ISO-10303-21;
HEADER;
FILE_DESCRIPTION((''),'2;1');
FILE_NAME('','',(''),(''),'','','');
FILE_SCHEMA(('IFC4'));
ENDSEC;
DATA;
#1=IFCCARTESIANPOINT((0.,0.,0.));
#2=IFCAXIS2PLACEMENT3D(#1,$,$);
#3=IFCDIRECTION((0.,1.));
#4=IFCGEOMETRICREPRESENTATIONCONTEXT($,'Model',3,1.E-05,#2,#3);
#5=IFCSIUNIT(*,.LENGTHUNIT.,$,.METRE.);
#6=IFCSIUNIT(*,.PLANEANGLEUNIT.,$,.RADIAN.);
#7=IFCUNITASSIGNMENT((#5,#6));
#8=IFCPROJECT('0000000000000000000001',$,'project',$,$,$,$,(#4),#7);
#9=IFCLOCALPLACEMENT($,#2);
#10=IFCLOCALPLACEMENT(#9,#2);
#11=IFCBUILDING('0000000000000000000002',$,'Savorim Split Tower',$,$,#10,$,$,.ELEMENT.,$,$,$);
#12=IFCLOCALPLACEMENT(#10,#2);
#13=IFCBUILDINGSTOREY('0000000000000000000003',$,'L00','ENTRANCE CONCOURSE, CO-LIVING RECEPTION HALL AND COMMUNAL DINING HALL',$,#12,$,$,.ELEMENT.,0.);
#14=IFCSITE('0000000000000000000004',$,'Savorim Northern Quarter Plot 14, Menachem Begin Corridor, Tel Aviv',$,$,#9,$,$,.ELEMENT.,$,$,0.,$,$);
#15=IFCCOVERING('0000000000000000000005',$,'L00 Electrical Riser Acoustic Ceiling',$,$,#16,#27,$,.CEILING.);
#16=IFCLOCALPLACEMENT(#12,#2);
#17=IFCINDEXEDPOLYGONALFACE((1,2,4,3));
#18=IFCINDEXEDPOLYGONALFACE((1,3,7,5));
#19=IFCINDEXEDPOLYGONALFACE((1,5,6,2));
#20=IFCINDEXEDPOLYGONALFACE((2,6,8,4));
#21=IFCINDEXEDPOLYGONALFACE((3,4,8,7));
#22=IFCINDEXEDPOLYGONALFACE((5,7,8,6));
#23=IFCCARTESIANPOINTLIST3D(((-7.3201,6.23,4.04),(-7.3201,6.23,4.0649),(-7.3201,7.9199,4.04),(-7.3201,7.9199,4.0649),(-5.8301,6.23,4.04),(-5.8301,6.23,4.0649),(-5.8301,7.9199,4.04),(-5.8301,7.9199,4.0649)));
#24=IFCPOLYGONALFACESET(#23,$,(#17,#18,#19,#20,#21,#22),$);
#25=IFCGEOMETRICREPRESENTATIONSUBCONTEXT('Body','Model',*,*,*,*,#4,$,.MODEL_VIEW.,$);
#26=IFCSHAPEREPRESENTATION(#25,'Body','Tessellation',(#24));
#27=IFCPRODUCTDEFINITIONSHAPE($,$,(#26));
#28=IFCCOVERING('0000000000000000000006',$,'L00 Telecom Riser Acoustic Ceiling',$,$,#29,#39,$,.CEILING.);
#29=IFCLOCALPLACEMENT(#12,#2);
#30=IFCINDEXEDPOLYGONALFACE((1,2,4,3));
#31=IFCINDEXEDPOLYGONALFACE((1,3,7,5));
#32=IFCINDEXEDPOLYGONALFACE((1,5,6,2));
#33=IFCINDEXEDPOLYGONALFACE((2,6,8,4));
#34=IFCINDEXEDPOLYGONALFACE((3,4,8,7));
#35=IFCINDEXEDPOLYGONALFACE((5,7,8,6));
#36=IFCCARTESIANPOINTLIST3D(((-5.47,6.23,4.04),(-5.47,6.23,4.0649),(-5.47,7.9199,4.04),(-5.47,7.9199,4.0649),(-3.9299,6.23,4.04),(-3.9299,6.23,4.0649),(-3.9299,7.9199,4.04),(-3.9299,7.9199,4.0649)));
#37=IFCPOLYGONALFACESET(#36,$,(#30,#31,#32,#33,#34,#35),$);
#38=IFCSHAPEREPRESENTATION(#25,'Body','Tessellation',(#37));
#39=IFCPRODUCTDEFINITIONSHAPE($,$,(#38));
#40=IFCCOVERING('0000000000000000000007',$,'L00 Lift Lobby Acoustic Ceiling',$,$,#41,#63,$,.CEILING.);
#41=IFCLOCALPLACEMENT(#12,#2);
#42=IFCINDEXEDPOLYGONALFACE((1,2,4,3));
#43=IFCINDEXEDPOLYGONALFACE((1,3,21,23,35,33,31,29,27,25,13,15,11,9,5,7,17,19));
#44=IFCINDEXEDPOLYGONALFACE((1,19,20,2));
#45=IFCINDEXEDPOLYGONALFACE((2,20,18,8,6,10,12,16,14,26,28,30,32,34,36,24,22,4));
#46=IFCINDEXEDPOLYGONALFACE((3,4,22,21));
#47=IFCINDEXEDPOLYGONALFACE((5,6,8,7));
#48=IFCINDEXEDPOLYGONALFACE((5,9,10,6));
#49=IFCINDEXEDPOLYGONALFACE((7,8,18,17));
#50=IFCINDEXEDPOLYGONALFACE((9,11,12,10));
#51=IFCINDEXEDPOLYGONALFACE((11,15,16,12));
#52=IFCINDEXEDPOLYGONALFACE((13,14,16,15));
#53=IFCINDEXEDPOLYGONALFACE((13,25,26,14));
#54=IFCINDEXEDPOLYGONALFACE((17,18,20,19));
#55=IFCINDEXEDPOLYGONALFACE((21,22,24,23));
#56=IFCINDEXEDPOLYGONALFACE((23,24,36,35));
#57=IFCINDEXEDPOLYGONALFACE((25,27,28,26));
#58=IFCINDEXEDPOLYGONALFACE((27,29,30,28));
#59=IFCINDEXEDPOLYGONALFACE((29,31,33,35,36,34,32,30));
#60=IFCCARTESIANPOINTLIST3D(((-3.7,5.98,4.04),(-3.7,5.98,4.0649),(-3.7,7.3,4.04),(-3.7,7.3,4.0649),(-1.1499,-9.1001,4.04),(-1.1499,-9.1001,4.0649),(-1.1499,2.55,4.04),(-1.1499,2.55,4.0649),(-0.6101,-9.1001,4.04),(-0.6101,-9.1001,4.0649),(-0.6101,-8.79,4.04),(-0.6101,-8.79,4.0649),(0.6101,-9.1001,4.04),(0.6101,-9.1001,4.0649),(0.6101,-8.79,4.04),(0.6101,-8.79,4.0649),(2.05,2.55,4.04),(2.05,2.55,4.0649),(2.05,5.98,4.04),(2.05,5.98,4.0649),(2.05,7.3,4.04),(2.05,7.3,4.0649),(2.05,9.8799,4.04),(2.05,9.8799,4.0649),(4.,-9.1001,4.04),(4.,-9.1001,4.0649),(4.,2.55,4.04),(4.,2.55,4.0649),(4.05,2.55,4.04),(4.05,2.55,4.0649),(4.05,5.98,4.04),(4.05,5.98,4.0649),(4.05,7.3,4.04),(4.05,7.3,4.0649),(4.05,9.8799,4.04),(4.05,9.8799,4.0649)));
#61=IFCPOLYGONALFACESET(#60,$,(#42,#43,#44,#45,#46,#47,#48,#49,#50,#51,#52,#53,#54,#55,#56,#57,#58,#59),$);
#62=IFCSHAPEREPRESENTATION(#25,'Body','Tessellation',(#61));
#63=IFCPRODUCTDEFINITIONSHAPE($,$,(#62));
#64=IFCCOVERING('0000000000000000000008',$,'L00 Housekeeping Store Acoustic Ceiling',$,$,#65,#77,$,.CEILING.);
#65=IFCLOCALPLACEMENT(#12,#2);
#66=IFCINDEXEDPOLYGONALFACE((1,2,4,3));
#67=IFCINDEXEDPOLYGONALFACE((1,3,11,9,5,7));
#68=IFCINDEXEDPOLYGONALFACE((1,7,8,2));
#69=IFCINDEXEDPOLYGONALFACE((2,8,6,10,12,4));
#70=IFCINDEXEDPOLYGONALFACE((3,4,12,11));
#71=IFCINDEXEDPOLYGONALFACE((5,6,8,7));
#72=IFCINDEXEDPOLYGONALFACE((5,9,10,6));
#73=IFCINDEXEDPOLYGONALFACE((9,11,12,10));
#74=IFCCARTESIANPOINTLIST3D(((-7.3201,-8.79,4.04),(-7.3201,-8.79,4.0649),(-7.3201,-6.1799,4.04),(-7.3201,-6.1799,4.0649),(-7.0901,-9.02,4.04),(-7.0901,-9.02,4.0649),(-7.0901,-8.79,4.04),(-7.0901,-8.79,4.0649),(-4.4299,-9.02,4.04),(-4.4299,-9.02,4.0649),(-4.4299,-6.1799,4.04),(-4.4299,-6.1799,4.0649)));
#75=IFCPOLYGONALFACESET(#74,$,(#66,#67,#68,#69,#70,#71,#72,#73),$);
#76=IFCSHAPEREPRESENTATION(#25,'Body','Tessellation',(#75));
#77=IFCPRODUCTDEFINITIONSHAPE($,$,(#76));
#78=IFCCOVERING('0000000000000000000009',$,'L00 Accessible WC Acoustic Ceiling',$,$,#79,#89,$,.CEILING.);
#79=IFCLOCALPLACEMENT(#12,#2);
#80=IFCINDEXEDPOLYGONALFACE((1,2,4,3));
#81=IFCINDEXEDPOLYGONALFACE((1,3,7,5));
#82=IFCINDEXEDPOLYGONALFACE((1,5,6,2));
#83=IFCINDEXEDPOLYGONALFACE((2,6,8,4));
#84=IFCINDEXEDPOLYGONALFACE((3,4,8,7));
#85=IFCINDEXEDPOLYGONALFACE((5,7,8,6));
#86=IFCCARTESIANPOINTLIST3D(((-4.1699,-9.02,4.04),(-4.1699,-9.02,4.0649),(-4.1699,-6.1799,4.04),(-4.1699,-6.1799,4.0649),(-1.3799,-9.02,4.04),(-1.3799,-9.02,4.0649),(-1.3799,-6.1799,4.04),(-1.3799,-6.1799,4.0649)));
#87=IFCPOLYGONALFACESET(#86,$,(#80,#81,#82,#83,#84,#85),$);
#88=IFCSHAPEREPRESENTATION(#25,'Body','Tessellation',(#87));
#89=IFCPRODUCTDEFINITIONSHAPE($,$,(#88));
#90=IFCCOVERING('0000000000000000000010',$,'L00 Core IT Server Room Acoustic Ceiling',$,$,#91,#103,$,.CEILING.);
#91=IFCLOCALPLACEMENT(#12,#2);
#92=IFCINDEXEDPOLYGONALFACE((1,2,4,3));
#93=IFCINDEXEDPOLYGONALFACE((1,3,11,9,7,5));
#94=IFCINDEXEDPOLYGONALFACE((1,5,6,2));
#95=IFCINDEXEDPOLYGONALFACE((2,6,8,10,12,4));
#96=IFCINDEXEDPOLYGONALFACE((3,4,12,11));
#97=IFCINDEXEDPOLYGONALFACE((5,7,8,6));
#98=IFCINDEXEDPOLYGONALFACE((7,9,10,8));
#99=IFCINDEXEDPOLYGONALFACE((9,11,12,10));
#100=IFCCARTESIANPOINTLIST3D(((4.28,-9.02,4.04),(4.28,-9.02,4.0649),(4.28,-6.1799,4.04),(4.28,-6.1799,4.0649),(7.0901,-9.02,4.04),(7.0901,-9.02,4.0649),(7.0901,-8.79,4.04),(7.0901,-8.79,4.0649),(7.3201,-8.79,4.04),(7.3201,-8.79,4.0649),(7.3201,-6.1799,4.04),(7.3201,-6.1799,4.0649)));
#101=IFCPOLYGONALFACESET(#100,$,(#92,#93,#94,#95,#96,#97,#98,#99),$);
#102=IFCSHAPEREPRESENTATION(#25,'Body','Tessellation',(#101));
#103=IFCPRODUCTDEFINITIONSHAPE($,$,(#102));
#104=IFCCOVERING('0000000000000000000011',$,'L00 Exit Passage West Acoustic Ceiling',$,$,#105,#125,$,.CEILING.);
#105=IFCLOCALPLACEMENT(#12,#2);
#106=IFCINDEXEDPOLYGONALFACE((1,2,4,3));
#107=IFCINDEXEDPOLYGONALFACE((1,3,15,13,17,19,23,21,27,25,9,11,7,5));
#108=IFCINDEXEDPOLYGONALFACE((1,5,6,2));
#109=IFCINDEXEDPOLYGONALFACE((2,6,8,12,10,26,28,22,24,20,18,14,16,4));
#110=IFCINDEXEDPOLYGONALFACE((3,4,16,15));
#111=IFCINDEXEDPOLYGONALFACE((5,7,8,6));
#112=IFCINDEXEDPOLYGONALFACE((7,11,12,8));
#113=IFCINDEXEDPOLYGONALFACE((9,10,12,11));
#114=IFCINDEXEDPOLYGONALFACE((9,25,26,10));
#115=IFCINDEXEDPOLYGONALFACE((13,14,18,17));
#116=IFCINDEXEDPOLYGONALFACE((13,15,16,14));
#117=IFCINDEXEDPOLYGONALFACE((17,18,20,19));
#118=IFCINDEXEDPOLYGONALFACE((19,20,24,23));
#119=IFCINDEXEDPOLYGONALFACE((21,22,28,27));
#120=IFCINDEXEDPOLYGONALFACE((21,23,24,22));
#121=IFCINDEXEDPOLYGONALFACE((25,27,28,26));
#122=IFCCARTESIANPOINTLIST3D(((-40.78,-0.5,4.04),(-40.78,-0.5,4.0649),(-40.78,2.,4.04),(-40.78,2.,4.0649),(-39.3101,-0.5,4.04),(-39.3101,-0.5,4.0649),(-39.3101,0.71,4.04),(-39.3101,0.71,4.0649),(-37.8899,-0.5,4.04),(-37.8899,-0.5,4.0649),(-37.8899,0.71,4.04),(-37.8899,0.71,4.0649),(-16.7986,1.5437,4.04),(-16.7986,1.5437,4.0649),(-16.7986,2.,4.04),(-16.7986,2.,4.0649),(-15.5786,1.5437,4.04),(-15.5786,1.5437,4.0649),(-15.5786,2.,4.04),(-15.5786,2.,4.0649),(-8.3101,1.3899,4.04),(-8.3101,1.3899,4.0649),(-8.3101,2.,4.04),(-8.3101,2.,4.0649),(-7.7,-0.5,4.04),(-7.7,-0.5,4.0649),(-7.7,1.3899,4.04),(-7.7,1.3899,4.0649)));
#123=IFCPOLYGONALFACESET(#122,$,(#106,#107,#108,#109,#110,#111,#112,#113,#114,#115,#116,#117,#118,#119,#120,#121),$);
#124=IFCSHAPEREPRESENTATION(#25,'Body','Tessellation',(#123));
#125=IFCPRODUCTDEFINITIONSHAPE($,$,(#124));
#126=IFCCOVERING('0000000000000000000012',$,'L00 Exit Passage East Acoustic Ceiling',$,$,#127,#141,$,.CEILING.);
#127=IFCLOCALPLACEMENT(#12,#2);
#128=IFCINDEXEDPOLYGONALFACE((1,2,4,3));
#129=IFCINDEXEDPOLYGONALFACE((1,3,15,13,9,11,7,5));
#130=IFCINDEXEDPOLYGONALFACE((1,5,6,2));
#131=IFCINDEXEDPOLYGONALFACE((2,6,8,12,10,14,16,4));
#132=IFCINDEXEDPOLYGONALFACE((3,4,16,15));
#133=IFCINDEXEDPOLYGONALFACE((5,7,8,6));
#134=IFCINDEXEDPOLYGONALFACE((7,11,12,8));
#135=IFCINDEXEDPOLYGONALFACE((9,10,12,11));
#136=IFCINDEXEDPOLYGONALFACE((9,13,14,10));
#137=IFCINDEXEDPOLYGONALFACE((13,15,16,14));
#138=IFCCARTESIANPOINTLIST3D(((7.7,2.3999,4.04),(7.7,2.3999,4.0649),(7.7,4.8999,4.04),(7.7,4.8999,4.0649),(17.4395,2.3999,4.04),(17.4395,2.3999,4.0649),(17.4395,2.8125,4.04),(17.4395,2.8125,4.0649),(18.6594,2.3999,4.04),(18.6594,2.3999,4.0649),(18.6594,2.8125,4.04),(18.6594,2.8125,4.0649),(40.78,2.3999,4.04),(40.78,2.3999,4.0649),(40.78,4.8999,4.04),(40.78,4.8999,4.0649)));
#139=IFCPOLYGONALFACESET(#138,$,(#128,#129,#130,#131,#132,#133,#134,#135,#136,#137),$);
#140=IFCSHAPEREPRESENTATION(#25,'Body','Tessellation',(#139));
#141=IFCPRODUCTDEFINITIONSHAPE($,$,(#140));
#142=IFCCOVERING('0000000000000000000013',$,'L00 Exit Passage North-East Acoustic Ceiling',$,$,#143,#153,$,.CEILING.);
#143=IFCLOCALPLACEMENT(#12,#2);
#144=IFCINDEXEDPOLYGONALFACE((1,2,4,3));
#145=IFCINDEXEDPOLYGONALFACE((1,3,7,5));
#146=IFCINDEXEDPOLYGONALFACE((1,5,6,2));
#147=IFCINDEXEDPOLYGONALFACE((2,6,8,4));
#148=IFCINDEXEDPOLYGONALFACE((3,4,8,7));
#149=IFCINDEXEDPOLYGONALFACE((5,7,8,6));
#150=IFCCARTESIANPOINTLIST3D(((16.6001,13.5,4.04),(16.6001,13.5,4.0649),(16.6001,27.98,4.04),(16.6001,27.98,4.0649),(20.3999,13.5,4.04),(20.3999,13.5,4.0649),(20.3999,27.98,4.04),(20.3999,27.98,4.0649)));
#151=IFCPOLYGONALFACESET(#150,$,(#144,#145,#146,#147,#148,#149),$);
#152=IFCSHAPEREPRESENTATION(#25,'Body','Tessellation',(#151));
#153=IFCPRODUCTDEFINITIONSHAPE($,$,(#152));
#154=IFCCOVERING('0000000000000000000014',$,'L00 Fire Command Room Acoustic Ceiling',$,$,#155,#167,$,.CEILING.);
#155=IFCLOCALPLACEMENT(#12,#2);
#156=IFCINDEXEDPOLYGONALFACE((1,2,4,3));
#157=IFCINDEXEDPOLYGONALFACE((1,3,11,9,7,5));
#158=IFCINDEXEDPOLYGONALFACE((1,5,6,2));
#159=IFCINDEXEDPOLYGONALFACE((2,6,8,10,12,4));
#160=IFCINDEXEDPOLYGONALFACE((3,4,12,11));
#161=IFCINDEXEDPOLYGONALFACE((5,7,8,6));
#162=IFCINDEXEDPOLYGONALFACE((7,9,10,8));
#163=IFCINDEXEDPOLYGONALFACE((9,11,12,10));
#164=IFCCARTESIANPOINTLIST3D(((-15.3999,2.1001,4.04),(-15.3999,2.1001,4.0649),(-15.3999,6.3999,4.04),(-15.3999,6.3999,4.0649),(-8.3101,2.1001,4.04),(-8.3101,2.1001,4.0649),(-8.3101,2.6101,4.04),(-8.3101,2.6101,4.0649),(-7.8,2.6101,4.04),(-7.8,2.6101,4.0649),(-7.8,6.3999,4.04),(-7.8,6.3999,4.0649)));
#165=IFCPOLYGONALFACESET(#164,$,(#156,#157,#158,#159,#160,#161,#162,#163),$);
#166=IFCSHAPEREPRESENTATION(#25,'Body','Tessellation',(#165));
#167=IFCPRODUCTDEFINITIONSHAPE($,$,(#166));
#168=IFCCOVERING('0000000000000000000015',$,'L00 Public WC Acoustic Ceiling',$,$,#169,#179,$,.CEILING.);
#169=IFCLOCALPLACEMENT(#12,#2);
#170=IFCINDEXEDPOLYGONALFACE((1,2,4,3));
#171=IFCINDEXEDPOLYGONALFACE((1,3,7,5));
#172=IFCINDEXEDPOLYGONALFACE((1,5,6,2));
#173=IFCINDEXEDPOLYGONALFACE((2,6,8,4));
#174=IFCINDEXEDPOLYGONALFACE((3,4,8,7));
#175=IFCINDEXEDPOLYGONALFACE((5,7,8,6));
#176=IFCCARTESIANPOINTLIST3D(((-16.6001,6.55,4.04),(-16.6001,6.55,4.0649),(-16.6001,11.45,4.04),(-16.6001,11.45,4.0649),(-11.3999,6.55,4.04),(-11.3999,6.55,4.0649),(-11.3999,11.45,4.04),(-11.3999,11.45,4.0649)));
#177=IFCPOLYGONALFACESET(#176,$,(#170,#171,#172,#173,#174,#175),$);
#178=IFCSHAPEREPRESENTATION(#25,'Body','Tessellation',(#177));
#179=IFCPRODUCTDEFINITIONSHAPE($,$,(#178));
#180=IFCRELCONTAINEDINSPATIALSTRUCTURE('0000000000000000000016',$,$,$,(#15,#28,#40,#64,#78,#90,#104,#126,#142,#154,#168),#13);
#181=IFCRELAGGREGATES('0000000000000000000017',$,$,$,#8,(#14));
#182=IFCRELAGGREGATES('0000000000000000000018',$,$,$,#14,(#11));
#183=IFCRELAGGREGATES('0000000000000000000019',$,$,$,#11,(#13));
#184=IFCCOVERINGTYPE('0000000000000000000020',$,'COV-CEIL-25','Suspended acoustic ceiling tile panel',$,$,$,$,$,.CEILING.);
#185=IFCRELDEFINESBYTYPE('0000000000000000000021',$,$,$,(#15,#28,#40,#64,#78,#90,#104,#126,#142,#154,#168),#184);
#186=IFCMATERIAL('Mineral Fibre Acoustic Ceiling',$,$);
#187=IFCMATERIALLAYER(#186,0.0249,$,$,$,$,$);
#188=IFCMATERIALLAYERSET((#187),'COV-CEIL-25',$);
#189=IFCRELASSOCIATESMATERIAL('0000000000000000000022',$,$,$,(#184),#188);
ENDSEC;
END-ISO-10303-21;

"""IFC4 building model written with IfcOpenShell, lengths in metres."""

from ifc_helpers import new_model, si_unit, direction, frame, origin, place, context, subcontext, project, spatial, polyline, outline, extrude, material, layer, layer_set, type_object, element, save


model = new_model("IFC4")

# Units and contexts
model_context = context("Model", 3, precision=1e-05, world=origin(), true_north=direction((0.0, 1.0)))
body_context = subcontext(model_context, "Body", "Model", "MODEL_VIEW")
ifc_project = project(units=[si_unit("LENGTHUNIT", "METRE"), si_unit("PLANEANGLEUNIT", "RADIAN")], contexts=[model_context])

# Site, building, storey
site_placement = place(None, origin())
site = spatial("IfcSite", under=ifc_project, at=site_placement, Name="Savorim Northern Quarter Plot 14, Menachem Begin Corridor, Tel Aviv", CompositionType="ELEMENT", RefElevation=0.0)
building_placement = place(site_placement, origin())
building = spatial("IfcBuilding", under=site, at=building_placement, Name="Savorim Split Tower", CompositionType="ELEMENT")
storey_placement = place(building_placement, origin())
storey = spatial("IfcBuildingStorey", under=building, at=storey_placement, Name="L00", Description="ENTRANCE CONCOURSE, CO-LIVING RECEPTION HALL AND COMMUNAL DINING HALL", CompositionType="ELEMENT", Elevation=0.0)

# Coverings
ifc_material_1 = material(Name="Mineral Fibre Acoustic Ceiling")
ifc_layer_1 = layer(ifc_material_1, 0.0249)
ifc_layer_set_1 = layer_set([ifc_layer_1], Name="COV-CEIL-25")
covering_type_1 = type_object("IfcCoveringType", Name="COV-CEIL-25", Description="Suspended acoustic ceiling tile panel", PredefinedType="CEILING", material=ifc_layer_set_1)
covering_1_placement = place(storey_placement, frame((0.0, 0.0, 4.04)))
element("IfcCovering", 1, at=covering_1_placement, inside=storey, type_object=covering_type_1, Name="L00 Electrical Riser Acoustic Ceiling", PredefinedType="CEILING", context=body_context, shape_type="SweptSolid", body=[
    extrude(outline(polyline([(-7.3201, 7.9199), (-7.3201, 6.23), (-5.8301, 6.23), (-5.8301, 7.9199), (-7.3201, 7.9199)])), origin(), (0.0, 0.0, 1.0), 0.0249),
])
covering_2_placement = place(storey_placement, frame((0.0, 0.0, 4.04)))
element("IfcCovering", 2, at=covering_2_placement, inside=storey, type_object=covering_type_1, Name="L00 Telecom Riser Acoustic Ceiling", PredefinedType="CEILING", context=body_context, shape_type="SweptSolid", body=[
    extrude(outline(polyline([(-5.47, 7.9199), (-5.47, 6.23), (-3.9299, 6.23), (-3.9299, 7.9199), (-5.47, 7.9199)])), origin(), (0.0, 0.0, 1.0), 0.0249),
])
covering_3_placement = place(storey_placement, frame((0.0, 0.0, 4.04)))
element("IfcCovering", 3, at=covering_3_placement, inside=storey, type_object=covering_type_1, Name="L00 Lift Lobby Acoustic Ceiling", PredefinedType="CEILING", context=body_context, shape_type="SweptSolid", body=[
    extrude(outline(polyline([(2.05, 2.55), (-1.1499, 2.55), (-1.1499, -9.1001), (-0.6101, -9.1001), (-0.6101, -8.79), (0.6101, -8.79), (0.6101, -9.1001), (4.0, -9.1001), (4.0, 2.55), (4.05, 2.55), (4.05, 5.98), (4.05, 7.3), (4.05, 9.8799), (2.05, 9.8799), (2.05, 7.3), (-3.7, 7.3), (-3.7, 5.98), (2.05, 5.98), (2.05, 2.55)])), origin(), (0.0, 0.0, 1.0), 0.0249),
])
covering_4_placement = place(storey_placement, frame((0.0, 0.0, 4.04)))
element("IfcCovering", 4, at=covering_4_placement, inside=storey, type_object=covering_type_1, Name="L00 Housekeeping Store Acoustic Ceiling", PredefinedType="CEILING", context=body_context, shape_type="SweptSolid", body=[
    extrude(outline(polyline([(-4.4299, -6.1799), (-7.3201, -6.1799), (-7.3201, -8.79), (-7.0901, -8.79), (-7.0901, -9.02), (-4.4299, -9.02), (-4.4299, -6.1799)])), origin(), (0.0, 0.0, 1.0), 0.0249),
])
covering_5_placement = place(storey_placement, frame((0.0, 0.0, 4.04)))
element("IfcCovering", 5, at=covering_5_placement, inside=storey, type_object=covering_type_1, Name="L00 Accessible WC Acoustic Ceiling", PredefinedType="CEILING", context=body_context, shape_type="SweptSolid", body=[
    extrude(outline(polyline([(-4.1699, -6.1799), (-4.1699, -9.02), (-1.3799, -9.02), (-1.3799, -6.1799), (-4.1699, -6.1799)])), origin(), (0.0, 0.0, 1.0), 0.0249),
])
covering_6_placement = place(storey_placement, frame((0.0, 0.0, 4.04)))
element("IfcCovering", 6, at=covering_6_placement, inside=storey, type_object=covering_type_1, Name="L00 Core IT Server Room Acoustic Ceiling", PredefinedType="CEILING", context=body_context, shape_type="SweptSolid", body=[
    extrude(outline(polyline([(4.28, -6.1799), (4.28, -9.02), (7.0901, -9.02), (7.0901, -8.79), (7.3201, -8.79), (7.3201, -6.1799), (4.28, -6.1799)])), origin(), (0.0, 0.0, 1.0), 0.0249),
])
covering_7_placement = place(storey_placement, frame((0.0, 0.0, 4.04)))
element("IfcCovering", 7, at=covering_7_placement, inside=storey, type_object=covering_type_1, Name="L00 Exit Passage West Acoustic Ceiling", PredefinedType="CEILING", context=body_context, shape_type="SweptSolid", body=[
    extrude(outline(polyline([(-37.8899, -0.5), (-7.7, -0.5), (-7.7, 1.3899), (-8.3101, 1.3899), (-8.3101, 2.0), (-15.5786, 2.0), (-15.5786, 1.5437), (-16.7986, 1.5437), (-16.7986, 2.0), (-40.78, 2.0), (-40.78, -0.5), (-39.3101, -0.5), (-39.3101, 0.71), (-37.8899, 0.71), (-37.8899, -0.5)])), origin(), (0.0, 0.0, 1.0), 0.0249),
])
covering_8_placement = place(storey_placement, frame((0.0, 0.0, 4.04)))
element("IfcCovering", 8, at=covering_8_placement, inside=storey, type_object=covering_type_1, Name="L00 Exit Passage East Acoustic Ceiling", PredefinedType="CEILING", context=body_context, shape_type="SweptSolid", body=[
    extrude(outline(polyline([(40.78, 4.8999), (7.7, 4.8999), (7.7, 2.3999), (17.4395, 2.3999), (17.4395, 2.8125), (18.6594, 2.8125), (18.6594, 2.3999), (40.78, 2.3999), (40.78, 4.8999)])), origin(), (0.0, 0.0, 1.0), 0.0249),
])
covering_9_placement = place(storey_placement, frame((0.0, 0.0, 4.04)))
element("IfcCovering", 9, at=covering_9_placement, inside=storey, type_object=covering_type_1, Name="L00 Exit Passage North-East Acoustic Ceiling", PredefinedType="CEILING", context=body_context, shape_type="SweptSolid", body=[
    extrude(outline(polyline([(16.6001, 27.98), (16.6001, 13.5), (20.3999, 13.5), (20.3999, 27.98), (16.6001, 27.98)])), origin(), (0.0, 0.0, 1.0), 0.0249),
])
covering_10_placement = place(storey_placement, frame((0.0, 0.0, 4.04)))
element("IfcCovering", 10, at=covering_10_placement, inside=storey, type_object=covering_type_1, Name="L00 Fire Command Room Acoustic Ceiling", PredefinedType="CEILING", context=body_context, shape_type="SweptSolid", body=[
    extrude(outline(polyline([(-15.3999, 6.3999), (-15.3999, 2.1001), (-8.3101, 2.1001), (-8.3101, 2.6101), (-7.8, 2.6101), (-7.8, 6.3999), (-15.3999, 6.3999)])), origin(), (0.0, 0.0, 1.0), 0.0249),
])
covering_11_placement = place(storey_placement, frame((0.0, 0.0, 4.04)))
element("IfcCovering", 11, at=covering_11_placement, inside=storey, type_object=covering_type_1, Name="L00 Public WC Acoustic Ceiling", PredefinedType="CEILING", context=body_context, shape_type="SweptSolid", body=[
    extrude(outline(polyline([(-16.6001, 11.45), (-16.6001, 6.55), (-11.3999, 6.55), (-11.3999, 11.45), (-16.6001, 11.45)])), origin(), (0.0, 0.0, 1.0), 0.0249),
])

save(model, "model.ifc")
